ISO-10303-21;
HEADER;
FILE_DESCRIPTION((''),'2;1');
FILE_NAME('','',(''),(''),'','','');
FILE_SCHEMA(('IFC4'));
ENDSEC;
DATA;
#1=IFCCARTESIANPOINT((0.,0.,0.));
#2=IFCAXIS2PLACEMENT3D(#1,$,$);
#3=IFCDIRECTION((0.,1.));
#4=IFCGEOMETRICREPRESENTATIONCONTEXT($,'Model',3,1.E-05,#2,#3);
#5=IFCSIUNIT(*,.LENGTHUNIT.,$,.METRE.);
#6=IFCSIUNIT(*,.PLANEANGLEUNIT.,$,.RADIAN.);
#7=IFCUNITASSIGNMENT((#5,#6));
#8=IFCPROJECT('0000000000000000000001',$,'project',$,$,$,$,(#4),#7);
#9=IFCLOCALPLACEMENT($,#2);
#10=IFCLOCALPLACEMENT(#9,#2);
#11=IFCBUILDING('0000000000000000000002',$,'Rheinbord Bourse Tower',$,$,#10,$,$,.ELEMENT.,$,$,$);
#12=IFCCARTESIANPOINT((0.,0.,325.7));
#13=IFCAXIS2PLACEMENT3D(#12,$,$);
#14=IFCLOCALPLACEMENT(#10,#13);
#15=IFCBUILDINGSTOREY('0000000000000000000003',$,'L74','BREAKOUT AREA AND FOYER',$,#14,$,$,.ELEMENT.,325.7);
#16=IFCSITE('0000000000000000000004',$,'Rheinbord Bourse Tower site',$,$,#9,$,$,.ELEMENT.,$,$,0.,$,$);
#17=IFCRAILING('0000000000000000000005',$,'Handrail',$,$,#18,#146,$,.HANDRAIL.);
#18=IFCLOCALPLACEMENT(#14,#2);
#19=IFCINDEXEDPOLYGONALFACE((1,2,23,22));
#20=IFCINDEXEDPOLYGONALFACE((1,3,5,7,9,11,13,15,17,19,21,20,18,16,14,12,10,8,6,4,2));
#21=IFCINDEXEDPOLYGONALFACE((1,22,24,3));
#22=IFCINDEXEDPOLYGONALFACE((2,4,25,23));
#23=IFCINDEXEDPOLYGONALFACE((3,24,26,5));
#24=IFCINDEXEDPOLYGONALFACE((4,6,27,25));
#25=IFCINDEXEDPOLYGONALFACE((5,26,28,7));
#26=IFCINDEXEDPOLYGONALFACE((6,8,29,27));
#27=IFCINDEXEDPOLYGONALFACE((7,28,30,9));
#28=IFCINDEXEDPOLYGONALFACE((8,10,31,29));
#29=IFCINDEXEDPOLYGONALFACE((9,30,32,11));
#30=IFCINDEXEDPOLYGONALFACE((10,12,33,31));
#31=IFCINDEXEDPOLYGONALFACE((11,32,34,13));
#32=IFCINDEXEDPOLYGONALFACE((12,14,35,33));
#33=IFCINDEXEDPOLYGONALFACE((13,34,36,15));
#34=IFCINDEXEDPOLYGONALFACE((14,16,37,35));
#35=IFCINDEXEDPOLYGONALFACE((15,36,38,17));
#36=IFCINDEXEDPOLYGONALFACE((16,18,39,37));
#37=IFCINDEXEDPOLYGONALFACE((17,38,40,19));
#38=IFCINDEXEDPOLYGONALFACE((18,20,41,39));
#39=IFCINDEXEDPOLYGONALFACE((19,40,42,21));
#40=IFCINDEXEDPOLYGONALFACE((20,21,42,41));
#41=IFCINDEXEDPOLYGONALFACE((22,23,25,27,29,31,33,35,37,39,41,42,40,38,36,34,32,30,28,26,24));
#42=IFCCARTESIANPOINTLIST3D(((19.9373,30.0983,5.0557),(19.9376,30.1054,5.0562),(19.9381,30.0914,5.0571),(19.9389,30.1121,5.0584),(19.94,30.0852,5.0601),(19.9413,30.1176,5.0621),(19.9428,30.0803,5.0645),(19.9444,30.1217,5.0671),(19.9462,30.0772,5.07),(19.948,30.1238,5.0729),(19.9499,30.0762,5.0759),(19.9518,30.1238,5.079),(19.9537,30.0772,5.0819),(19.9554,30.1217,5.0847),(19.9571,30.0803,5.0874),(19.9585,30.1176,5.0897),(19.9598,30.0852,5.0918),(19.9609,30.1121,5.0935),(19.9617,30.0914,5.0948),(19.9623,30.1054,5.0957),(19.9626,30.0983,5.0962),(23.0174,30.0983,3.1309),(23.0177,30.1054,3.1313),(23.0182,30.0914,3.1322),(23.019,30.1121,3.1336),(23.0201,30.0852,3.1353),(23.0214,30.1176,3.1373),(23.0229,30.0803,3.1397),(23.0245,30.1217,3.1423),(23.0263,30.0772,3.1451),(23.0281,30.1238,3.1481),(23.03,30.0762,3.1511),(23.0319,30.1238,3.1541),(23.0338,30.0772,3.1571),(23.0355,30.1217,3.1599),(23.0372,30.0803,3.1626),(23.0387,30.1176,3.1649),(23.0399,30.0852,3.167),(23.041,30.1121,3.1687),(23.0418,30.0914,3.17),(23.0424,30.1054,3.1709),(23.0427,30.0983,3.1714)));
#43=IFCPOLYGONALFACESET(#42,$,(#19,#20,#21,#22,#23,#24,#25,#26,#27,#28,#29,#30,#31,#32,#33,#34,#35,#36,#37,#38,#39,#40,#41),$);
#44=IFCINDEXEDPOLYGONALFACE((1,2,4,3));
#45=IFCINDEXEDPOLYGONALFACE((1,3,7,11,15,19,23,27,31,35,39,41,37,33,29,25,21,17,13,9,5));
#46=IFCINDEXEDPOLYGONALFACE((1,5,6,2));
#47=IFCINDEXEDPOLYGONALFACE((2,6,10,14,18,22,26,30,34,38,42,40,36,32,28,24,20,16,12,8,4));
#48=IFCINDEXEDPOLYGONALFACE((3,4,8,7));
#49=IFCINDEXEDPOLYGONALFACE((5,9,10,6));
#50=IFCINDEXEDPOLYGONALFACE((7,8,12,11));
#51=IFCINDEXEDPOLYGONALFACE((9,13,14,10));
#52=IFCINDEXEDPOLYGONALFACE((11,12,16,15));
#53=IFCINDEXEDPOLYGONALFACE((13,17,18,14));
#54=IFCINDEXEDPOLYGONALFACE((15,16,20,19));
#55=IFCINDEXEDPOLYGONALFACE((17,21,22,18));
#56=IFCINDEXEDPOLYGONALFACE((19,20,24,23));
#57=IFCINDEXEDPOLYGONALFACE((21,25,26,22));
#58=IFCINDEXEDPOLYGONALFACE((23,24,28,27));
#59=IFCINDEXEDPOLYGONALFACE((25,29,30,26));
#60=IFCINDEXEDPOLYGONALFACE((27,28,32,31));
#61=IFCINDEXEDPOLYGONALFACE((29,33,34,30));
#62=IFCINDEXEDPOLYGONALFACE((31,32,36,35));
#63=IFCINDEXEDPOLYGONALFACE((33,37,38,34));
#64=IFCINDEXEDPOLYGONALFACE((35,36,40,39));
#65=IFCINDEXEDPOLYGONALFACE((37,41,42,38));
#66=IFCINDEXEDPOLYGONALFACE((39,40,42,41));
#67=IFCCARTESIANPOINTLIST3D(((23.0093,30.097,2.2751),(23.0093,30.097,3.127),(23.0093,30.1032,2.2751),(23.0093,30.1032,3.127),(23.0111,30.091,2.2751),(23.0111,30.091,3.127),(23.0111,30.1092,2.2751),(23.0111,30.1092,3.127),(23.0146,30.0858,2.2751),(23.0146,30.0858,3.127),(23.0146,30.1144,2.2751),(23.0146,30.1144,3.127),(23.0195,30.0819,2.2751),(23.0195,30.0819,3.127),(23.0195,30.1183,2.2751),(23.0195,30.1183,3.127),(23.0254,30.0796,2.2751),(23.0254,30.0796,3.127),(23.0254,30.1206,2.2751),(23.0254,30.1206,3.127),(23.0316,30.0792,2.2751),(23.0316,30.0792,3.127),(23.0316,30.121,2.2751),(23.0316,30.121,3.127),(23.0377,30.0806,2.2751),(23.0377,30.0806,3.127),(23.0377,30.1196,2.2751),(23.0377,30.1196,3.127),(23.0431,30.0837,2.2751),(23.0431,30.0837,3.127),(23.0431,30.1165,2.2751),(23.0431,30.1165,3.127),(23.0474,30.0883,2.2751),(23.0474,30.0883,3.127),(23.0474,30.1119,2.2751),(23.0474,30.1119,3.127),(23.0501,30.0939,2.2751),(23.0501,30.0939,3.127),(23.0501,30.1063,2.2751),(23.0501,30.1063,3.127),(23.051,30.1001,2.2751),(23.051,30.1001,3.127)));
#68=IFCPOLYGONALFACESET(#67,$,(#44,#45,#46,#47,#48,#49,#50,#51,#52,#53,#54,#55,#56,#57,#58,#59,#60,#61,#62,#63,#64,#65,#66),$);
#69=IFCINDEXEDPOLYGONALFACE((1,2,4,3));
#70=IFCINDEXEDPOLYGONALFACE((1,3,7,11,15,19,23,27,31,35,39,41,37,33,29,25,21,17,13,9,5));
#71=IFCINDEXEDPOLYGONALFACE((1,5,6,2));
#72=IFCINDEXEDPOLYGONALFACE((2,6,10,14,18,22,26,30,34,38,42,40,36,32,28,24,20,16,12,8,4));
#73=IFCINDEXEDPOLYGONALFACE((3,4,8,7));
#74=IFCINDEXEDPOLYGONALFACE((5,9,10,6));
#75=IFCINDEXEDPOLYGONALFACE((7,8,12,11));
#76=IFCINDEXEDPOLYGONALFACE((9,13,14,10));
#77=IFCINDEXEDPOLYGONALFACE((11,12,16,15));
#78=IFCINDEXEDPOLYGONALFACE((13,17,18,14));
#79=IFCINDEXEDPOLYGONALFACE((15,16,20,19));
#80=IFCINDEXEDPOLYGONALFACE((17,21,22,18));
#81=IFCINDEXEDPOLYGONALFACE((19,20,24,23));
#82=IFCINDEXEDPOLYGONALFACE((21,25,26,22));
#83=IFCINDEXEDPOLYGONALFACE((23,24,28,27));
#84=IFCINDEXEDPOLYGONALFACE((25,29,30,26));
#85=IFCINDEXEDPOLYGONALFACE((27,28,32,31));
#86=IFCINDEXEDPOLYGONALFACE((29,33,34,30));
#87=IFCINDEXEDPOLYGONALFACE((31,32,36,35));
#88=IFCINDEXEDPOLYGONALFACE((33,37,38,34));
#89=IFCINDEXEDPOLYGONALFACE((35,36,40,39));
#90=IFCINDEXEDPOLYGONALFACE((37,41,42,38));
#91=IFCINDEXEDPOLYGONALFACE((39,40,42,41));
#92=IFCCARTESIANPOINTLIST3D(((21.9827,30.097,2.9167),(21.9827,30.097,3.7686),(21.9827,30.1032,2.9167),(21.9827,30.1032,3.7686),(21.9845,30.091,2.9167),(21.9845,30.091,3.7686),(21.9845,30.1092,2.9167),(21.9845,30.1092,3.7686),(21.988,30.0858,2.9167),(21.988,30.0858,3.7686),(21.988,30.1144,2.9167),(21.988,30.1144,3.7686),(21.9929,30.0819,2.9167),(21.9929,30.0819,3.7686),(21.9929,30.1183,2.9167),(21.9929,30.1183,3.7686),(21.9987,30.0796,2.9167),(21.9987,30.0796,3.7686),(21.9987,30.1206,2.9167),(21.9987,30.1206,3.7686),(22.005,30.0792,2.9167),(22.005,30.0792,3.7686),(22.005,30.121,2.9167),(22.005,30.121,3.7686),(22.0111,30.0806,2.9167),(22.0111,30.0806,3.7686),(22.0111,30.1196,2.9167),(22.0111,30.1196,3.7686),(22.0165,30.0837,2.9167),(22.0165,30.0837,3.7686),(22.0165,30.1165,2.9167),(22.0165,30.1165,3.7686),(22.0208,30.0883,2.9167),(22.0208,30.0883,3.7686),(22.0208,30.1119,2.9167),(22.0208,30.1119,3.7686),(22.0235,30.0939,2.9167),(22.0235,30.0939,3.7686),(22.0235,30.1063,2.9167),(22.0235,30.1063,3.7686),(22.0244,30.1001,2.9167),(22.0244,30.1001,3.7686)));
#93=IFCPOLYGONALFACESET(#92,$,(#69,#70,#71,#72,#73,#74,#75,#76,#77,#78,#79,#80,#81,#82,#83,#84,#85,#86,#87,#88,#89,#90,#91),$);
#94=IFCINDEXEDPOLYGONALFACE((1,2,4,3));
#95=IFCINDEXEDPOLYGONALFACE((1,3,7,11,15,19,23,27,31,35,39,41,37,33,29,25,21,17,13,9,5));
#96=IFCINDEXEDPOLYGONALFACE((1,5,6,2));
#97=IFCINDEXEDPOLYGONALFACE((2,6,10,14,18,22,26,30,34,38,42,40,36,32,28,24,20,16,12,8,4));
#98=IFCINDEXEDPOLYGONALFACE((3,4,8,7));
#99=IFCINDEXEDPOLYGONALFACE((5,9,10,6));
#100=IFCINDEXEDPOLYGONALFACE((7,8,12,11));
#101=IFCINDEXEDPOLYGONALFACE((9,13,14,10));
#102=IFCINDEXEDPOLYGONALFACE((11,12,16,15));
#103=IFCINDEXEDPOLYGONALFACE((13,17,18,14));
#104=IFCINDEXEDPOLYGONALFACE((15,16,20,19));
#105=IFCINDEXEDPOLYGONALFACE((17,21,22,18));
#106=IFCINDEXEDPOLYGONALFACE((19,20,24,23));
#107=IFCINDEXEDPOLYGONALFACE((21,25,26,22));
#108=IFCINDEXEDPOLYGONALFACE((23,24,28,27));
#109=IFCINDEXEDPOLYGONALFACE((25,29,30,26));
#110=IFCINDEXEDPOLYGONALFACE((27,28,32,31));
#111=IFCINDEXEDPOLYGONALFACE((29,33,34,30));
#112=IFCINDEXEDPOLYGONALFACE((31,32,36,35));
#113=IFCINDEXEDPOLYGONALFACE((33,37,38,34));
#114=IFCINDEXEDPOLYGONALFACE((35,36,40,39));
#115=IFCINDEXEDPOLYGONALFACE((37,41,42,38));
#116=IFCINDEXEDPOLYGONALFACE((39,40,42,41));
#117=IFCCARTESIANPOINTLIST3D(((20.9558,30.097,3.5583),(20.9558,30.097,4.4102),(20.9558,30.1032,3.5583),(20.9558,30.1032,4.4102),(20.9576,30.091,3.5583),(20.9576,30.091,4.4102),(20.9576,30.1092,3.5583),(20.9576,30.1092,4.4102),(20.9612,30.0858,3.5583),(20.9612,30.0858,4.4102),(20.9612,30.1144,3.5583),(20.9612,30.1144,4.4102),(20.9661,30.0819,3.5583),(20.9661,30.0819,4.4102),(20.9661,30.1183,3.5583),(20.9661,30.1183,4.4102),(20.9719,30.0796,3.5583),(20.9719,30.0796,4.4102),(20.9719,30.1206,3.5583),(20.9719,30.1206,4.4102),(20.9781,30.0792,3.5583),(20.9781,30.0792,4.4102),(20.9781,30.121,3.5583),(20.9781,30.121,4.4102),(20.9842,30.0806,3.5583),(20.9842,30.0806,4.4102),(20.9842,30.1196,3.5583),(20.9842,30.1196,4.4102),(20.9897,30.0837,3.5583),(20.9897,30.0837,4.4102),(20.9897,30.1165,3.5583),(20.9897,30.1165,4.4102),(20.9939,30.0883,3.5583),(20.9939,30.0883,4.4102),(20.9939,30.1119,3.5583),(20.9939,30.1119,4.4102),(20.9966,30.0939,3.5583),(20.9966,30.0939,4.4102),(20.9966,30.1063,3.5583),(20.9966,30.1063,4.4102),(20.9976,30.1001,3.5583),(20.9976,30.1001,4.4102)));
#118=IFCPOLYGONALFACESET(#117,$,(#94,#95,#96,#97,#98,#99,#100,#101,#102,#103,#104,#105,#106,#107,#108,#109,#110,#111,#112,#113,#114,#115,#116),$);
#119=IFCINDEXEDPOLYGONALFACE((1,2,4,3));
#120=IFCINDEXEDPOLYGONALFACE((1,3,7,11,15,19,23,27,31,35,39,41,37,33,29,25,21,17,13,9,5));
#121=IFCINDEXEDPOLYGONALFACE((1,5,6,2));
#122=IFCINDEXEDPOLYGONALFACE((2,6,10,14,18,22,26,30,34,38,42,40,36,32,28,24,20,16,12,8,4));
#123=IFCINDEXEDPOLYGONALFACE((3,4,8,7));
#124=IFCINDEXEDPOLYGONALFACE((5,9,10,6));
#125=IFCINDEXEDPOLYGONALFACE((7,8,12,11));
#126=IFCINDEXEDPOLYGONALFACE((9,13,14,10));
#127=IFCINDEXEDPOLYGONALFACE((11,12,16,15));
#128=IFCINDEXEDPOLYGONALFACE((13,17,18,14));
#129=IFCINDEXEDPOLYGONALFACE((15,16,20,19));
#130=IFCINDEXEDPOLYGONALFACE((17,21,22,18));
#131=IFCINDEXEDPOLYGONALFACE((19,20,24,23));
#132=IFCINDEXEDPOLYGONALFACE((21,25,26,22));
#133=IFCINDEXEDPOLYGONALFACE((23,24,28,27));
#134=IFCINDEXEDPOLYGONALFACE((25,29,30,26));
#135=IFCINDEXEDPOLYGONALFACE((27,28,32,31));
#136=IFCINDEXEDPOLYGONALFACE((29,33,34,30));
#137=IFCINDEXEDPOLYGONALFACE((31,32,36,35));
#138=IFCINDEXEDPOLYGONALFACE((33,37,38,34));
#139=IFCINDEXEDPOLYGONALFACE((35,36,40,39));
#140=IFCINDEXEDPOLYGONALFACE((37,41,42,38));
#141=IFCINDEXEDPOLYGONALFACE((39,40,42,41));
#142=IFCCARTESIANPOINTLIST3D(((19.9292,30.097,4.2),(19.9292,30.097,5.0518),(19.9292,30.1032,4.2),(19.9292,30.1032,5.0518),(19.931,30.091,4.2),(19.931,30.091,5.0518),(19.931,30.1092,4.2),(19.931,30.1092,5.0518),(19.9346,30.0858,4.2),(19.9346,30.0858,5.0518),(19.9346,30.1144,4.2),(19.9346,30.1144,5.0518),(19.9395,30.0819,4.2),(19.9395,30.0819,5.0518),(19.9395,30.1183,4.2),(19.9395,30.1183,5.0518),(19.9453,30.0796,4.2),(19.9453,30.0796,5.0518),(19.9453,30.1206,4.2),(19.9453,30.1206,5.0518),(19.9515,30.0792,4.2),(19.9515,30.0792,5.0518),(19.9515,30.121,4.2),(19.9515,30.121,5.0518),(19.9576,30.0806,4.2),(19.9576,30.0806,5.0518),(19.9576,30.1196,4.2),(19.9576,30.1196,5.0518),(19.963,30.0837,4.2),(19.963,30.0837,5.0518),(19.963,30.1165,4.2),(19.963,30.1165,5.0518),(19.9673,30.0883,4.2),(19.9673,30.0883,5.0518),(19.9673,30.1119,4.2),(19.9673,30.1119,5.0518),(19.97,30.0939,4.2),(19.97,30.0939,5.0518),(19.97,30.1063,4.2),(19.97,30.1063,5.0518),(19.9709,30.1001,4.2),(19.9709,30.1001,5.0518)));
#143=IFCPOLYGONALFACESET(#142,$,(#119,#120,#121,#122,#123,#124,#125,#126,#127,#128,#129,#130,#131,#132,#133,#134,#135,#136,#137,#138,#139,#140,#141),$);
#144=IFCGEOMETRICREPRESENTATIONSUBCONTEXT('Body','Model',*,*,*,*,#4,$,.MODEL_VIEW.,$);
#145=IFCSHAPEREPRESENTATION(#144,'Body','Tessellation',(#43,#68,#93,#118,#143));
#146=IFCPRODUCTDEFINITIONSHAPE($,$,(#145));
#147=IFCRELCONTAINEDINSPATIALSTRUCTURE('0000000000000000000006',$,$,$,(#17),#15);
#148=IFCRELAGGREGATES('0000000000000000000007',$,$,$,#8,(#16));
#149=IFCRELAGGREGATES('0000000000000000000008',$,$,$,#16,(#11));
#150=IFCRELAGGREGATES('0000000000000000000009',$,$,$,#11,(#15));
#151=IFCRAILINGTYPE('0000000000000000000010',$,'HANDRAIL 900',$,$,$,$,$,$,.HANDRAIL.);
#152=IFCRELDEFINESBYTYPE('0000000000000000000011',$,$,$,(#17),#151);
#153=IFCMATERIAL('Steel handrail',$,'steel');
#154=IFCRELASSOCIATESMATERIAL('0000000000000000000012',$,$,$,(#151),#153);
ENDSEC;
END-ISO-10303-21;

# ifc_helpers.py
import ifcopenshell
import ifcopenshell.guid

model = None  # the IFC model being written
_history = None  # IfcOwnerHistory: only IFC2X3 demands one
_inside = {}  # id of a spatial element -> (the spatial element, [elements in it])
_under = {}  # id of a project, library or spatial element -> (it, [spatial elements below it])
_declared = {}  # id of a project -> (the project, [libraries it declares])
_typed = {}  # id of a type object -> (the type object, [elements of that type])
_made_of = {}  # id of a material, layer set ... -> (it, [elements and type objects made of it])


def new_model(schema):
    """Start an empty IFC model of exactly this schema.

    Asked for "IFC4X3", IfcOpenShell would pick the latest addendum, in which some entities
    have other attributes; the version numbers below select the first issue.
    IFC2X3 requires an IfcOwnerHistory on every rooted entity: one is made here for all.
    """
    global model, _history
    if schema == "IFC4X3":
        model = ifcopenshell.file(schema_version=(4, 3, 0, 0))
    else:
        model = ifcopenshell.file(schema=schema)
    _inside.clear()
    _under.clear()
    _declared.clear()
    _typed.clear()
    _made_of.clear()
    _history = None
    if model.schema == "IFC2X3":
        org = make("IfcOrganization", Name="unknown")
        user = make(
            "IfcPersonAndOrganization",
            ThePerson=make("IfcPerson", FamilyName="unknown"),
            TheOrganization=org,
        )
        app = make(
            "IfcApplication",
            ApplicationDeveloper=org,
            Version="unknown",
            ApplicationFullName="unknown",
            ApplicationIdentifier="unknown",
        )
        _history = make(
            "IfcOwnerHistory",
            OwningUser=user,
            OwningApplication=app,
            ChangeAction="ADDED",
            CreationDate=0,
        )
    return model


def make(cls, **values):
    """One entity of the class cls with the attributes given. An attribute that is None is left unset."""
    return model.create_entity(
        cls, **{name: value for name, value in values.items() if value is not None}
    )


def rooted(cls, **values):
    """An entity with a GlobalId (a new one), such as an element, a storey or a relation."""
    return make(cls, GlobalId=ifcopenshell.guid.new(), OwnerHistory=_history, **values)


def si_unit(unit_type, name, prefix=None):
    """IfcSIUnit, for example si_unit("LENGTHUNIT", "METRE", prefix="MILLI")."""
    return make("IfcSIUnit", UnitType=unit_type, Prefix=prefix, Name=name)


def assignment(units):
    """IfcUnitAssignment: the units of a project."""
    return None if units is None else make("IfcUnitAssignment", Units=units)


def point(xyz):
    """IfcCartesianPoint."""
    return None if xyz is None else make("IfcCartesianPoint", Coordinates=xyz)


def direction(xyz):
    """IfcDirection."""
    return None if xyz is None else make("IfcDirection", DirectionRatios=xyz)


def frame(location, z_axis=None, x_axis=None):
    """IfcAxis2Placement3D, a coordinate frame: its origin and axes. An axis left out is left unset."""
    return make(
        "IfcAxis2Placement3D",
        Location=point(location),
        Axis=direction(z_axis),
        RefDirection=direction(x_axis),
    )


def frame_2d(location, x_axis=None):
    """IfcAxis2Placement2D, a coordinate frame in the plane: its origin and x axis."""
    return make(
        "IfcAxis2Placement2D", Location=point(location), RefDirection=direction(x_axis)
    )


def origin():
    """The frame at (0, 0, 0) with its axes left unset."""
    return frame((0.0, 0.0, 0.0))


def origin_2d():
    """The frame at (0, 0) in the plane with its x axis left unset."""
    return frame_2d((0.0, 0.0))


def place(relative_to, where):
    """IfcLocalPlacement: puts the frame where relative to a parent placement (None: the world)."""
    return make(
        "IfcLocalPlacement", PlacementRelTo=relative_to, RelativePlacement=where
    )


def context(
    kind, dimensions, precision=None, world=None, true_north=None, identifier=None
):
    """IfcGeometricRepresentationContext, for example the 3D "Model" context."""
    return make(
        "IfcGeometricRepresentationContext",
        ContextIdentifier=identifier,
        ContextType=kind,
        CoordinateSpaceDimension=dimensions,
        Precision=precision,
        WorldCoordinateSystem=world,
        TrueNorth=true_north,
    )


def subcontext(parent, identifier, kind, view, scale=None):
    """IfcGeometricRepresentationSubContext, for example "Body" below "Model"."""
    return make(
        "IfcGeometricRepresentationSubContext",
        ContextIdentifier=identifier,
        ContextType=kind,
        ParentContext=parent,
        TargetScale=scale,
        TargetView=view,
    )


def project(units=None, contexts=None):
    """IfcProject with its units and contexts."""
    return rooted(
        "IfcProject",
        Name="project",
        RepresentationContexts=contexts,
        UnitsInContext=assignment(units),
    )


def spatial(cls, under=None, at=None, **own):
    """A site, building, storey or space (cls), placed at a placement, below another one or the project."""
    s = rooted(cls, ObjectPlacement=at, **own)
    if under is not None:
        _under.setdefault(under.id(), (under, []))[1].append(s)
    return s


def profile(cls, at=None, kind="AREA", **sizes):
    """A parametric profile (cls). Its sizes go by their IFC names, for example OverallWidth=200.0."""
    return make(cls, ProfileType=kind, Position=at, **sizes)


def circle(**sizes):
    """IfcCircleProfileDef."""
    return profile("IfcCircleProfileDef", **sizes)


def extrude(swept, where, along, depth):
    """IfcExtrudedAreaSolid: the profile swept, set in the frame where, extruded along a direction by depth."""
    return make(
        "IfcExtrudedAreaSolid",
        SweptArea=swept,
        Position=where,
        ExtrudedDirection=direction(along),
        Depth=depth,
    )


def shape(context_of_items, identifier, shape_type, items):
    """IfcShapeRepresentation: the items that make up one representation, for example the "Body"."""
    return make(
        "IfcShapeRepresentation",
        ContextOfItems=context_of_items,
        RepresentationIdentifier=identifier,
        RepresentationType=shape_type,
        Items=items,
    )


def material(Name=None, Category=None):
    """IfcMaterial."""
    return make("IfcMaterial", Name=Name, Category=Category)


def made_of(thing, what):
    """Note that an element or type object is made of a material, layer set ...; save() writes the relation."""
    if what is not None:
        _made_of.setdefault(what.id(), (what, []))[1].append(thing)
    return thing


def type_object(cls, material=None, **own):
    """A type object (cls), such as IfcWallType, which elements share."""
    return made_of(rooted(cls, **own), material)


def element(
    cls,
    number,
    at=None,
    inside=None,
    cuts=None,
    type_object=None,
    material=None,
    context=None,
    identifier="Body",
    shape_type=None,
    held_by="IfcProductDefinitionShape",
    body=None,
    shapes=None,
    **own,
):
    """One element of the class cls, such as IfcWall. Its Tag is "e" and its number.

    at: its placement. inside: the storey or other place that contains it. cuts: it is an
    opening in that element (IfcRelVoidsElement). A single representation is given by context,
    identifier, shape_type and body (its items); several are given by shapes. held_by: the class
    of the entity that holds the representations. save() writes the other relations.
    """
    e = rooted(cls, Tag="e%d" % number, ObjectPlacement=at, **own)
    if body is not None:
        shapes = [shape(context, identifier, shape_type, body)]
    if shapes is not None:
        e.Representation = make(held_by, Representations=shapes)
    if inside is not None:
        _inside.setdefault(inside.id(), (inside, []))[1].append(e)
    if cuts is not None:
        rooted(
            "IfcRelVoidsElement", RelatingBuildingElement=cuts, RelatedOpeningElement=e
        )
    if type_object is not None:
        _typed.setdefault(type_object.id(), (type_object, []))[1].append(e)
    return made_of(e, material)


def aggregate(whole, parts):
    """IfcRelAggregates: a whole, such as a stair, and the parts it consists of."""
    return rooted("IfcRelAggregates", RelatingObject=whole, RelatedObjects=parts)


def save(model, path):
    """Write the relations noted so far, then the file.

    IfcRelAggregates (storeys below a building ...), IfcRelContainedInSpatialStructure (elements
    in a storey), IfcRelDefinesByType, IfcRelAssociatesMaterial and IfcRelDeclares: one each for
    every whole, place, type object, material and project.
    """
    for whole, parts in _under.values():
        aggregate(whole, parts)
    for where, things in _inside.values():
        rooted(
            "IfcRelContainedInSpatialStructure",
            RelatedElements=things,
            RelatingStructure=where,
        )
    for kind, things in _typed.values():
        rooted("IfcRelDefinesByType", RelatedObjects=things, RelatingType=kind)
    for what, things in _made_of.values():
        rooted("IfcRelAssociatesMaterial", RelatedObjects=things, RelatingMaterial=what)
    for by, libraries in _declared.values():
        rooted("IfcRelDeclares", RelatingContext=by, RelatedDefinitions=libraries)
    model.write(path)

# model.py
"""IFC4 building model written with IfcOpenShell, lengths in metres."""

from ifc_helpers import new_model, si_unit, direction, frame, origin, origin_2d, place, context, subcontext, project, spatial, circle, extrude, material, type_object, element, save


model = new_model("IFC4")

# Units and contexts
model_context = context("Model", 3, precision=1e-05, world=origin(), true_north=direction((0.0, 1.0)))
body_context = subcontext(model_context, "Body", "Model", "MODEL_VIEW")
ifc_project = project(units=[si_unit("LENGTHUNIT", "METRE"), si_unit("PLANEANGLEUNIT", "RADIAN")], contexts=[model_context])

# Site, building, storey
site_placement = place(None, origin())
site = spatial("IfcSite", under=ifc_project, at=site_placement, Name="Rheinbord Bourse Tower site", CompositionType="ELEMENT", RefElevation=0.0)
building_placement = place(site_placement, origin())
building = spatial("IfcBuilding", under=site, at=building_placement, Name="Rheinbord Bourse Tower", CompositionType="ELEMENT")
storey_placement = place(building_placement, frame((0.0, 0.0, 325.7)))
storey = spatial("IfcBuildingStorey", under=building, at=storey_placement, Name="L74", Description="BREAKOUT AREA AND FOYER", CompositionType="ELEMENT", Elevation=325.7)

# Railing
ifc_material_1 = material(Name="Steel handrail", Category="steel")
railing_type = type_object("IfcRailingType", Name="HANDRAIL 900", PredefinedType="HANDRAIL", material=ifc_material_1)
railing_1_placement = place(storey_placement, frame((23.03, 30.1001, 2.2751)))
element("IfcRailing", 1, at=railing_1_placement, inside=storey, type_object=railing_type, Name="Handrail", PredefinedType="HANDRAIL", context=body_context, shape_type="SweptSolid", body=[
    extrude(circle(Radius=0.0239, at=origin_2d()), frame((0.0, 0.0, 0.876), z_axis=(-0.848029, 0.0, 0.529951), x_axis=(0.0, -1.0, 0.0)), (0.0, 0.0, 1.0), 3.6321),
    extrude(circle(Radius=0.021, at=origin_2d()), origin(), (0.0, 0.0, 1.0), 0.8518),
    extrude(circle(Radius=0.021, at=origin_2d()), frame((-1.0266, 0.0, 0.6416)), (0.0, 0.0, 1.0), 0.8518),
    extrude(circle(Radius=0.021, at=origin_2d()), frame((-2.0535, 0.0, 1.2832)), (0.0, 0.0, 1.0), 0.8518),
    extrude(circle(Radius=0.021, at=origin_2d()), frame((-3.0801, 0.0, 1.9248)), (0.0, 0.0, 1.0), 0.8518),
])

save(model, "model.ifc")
